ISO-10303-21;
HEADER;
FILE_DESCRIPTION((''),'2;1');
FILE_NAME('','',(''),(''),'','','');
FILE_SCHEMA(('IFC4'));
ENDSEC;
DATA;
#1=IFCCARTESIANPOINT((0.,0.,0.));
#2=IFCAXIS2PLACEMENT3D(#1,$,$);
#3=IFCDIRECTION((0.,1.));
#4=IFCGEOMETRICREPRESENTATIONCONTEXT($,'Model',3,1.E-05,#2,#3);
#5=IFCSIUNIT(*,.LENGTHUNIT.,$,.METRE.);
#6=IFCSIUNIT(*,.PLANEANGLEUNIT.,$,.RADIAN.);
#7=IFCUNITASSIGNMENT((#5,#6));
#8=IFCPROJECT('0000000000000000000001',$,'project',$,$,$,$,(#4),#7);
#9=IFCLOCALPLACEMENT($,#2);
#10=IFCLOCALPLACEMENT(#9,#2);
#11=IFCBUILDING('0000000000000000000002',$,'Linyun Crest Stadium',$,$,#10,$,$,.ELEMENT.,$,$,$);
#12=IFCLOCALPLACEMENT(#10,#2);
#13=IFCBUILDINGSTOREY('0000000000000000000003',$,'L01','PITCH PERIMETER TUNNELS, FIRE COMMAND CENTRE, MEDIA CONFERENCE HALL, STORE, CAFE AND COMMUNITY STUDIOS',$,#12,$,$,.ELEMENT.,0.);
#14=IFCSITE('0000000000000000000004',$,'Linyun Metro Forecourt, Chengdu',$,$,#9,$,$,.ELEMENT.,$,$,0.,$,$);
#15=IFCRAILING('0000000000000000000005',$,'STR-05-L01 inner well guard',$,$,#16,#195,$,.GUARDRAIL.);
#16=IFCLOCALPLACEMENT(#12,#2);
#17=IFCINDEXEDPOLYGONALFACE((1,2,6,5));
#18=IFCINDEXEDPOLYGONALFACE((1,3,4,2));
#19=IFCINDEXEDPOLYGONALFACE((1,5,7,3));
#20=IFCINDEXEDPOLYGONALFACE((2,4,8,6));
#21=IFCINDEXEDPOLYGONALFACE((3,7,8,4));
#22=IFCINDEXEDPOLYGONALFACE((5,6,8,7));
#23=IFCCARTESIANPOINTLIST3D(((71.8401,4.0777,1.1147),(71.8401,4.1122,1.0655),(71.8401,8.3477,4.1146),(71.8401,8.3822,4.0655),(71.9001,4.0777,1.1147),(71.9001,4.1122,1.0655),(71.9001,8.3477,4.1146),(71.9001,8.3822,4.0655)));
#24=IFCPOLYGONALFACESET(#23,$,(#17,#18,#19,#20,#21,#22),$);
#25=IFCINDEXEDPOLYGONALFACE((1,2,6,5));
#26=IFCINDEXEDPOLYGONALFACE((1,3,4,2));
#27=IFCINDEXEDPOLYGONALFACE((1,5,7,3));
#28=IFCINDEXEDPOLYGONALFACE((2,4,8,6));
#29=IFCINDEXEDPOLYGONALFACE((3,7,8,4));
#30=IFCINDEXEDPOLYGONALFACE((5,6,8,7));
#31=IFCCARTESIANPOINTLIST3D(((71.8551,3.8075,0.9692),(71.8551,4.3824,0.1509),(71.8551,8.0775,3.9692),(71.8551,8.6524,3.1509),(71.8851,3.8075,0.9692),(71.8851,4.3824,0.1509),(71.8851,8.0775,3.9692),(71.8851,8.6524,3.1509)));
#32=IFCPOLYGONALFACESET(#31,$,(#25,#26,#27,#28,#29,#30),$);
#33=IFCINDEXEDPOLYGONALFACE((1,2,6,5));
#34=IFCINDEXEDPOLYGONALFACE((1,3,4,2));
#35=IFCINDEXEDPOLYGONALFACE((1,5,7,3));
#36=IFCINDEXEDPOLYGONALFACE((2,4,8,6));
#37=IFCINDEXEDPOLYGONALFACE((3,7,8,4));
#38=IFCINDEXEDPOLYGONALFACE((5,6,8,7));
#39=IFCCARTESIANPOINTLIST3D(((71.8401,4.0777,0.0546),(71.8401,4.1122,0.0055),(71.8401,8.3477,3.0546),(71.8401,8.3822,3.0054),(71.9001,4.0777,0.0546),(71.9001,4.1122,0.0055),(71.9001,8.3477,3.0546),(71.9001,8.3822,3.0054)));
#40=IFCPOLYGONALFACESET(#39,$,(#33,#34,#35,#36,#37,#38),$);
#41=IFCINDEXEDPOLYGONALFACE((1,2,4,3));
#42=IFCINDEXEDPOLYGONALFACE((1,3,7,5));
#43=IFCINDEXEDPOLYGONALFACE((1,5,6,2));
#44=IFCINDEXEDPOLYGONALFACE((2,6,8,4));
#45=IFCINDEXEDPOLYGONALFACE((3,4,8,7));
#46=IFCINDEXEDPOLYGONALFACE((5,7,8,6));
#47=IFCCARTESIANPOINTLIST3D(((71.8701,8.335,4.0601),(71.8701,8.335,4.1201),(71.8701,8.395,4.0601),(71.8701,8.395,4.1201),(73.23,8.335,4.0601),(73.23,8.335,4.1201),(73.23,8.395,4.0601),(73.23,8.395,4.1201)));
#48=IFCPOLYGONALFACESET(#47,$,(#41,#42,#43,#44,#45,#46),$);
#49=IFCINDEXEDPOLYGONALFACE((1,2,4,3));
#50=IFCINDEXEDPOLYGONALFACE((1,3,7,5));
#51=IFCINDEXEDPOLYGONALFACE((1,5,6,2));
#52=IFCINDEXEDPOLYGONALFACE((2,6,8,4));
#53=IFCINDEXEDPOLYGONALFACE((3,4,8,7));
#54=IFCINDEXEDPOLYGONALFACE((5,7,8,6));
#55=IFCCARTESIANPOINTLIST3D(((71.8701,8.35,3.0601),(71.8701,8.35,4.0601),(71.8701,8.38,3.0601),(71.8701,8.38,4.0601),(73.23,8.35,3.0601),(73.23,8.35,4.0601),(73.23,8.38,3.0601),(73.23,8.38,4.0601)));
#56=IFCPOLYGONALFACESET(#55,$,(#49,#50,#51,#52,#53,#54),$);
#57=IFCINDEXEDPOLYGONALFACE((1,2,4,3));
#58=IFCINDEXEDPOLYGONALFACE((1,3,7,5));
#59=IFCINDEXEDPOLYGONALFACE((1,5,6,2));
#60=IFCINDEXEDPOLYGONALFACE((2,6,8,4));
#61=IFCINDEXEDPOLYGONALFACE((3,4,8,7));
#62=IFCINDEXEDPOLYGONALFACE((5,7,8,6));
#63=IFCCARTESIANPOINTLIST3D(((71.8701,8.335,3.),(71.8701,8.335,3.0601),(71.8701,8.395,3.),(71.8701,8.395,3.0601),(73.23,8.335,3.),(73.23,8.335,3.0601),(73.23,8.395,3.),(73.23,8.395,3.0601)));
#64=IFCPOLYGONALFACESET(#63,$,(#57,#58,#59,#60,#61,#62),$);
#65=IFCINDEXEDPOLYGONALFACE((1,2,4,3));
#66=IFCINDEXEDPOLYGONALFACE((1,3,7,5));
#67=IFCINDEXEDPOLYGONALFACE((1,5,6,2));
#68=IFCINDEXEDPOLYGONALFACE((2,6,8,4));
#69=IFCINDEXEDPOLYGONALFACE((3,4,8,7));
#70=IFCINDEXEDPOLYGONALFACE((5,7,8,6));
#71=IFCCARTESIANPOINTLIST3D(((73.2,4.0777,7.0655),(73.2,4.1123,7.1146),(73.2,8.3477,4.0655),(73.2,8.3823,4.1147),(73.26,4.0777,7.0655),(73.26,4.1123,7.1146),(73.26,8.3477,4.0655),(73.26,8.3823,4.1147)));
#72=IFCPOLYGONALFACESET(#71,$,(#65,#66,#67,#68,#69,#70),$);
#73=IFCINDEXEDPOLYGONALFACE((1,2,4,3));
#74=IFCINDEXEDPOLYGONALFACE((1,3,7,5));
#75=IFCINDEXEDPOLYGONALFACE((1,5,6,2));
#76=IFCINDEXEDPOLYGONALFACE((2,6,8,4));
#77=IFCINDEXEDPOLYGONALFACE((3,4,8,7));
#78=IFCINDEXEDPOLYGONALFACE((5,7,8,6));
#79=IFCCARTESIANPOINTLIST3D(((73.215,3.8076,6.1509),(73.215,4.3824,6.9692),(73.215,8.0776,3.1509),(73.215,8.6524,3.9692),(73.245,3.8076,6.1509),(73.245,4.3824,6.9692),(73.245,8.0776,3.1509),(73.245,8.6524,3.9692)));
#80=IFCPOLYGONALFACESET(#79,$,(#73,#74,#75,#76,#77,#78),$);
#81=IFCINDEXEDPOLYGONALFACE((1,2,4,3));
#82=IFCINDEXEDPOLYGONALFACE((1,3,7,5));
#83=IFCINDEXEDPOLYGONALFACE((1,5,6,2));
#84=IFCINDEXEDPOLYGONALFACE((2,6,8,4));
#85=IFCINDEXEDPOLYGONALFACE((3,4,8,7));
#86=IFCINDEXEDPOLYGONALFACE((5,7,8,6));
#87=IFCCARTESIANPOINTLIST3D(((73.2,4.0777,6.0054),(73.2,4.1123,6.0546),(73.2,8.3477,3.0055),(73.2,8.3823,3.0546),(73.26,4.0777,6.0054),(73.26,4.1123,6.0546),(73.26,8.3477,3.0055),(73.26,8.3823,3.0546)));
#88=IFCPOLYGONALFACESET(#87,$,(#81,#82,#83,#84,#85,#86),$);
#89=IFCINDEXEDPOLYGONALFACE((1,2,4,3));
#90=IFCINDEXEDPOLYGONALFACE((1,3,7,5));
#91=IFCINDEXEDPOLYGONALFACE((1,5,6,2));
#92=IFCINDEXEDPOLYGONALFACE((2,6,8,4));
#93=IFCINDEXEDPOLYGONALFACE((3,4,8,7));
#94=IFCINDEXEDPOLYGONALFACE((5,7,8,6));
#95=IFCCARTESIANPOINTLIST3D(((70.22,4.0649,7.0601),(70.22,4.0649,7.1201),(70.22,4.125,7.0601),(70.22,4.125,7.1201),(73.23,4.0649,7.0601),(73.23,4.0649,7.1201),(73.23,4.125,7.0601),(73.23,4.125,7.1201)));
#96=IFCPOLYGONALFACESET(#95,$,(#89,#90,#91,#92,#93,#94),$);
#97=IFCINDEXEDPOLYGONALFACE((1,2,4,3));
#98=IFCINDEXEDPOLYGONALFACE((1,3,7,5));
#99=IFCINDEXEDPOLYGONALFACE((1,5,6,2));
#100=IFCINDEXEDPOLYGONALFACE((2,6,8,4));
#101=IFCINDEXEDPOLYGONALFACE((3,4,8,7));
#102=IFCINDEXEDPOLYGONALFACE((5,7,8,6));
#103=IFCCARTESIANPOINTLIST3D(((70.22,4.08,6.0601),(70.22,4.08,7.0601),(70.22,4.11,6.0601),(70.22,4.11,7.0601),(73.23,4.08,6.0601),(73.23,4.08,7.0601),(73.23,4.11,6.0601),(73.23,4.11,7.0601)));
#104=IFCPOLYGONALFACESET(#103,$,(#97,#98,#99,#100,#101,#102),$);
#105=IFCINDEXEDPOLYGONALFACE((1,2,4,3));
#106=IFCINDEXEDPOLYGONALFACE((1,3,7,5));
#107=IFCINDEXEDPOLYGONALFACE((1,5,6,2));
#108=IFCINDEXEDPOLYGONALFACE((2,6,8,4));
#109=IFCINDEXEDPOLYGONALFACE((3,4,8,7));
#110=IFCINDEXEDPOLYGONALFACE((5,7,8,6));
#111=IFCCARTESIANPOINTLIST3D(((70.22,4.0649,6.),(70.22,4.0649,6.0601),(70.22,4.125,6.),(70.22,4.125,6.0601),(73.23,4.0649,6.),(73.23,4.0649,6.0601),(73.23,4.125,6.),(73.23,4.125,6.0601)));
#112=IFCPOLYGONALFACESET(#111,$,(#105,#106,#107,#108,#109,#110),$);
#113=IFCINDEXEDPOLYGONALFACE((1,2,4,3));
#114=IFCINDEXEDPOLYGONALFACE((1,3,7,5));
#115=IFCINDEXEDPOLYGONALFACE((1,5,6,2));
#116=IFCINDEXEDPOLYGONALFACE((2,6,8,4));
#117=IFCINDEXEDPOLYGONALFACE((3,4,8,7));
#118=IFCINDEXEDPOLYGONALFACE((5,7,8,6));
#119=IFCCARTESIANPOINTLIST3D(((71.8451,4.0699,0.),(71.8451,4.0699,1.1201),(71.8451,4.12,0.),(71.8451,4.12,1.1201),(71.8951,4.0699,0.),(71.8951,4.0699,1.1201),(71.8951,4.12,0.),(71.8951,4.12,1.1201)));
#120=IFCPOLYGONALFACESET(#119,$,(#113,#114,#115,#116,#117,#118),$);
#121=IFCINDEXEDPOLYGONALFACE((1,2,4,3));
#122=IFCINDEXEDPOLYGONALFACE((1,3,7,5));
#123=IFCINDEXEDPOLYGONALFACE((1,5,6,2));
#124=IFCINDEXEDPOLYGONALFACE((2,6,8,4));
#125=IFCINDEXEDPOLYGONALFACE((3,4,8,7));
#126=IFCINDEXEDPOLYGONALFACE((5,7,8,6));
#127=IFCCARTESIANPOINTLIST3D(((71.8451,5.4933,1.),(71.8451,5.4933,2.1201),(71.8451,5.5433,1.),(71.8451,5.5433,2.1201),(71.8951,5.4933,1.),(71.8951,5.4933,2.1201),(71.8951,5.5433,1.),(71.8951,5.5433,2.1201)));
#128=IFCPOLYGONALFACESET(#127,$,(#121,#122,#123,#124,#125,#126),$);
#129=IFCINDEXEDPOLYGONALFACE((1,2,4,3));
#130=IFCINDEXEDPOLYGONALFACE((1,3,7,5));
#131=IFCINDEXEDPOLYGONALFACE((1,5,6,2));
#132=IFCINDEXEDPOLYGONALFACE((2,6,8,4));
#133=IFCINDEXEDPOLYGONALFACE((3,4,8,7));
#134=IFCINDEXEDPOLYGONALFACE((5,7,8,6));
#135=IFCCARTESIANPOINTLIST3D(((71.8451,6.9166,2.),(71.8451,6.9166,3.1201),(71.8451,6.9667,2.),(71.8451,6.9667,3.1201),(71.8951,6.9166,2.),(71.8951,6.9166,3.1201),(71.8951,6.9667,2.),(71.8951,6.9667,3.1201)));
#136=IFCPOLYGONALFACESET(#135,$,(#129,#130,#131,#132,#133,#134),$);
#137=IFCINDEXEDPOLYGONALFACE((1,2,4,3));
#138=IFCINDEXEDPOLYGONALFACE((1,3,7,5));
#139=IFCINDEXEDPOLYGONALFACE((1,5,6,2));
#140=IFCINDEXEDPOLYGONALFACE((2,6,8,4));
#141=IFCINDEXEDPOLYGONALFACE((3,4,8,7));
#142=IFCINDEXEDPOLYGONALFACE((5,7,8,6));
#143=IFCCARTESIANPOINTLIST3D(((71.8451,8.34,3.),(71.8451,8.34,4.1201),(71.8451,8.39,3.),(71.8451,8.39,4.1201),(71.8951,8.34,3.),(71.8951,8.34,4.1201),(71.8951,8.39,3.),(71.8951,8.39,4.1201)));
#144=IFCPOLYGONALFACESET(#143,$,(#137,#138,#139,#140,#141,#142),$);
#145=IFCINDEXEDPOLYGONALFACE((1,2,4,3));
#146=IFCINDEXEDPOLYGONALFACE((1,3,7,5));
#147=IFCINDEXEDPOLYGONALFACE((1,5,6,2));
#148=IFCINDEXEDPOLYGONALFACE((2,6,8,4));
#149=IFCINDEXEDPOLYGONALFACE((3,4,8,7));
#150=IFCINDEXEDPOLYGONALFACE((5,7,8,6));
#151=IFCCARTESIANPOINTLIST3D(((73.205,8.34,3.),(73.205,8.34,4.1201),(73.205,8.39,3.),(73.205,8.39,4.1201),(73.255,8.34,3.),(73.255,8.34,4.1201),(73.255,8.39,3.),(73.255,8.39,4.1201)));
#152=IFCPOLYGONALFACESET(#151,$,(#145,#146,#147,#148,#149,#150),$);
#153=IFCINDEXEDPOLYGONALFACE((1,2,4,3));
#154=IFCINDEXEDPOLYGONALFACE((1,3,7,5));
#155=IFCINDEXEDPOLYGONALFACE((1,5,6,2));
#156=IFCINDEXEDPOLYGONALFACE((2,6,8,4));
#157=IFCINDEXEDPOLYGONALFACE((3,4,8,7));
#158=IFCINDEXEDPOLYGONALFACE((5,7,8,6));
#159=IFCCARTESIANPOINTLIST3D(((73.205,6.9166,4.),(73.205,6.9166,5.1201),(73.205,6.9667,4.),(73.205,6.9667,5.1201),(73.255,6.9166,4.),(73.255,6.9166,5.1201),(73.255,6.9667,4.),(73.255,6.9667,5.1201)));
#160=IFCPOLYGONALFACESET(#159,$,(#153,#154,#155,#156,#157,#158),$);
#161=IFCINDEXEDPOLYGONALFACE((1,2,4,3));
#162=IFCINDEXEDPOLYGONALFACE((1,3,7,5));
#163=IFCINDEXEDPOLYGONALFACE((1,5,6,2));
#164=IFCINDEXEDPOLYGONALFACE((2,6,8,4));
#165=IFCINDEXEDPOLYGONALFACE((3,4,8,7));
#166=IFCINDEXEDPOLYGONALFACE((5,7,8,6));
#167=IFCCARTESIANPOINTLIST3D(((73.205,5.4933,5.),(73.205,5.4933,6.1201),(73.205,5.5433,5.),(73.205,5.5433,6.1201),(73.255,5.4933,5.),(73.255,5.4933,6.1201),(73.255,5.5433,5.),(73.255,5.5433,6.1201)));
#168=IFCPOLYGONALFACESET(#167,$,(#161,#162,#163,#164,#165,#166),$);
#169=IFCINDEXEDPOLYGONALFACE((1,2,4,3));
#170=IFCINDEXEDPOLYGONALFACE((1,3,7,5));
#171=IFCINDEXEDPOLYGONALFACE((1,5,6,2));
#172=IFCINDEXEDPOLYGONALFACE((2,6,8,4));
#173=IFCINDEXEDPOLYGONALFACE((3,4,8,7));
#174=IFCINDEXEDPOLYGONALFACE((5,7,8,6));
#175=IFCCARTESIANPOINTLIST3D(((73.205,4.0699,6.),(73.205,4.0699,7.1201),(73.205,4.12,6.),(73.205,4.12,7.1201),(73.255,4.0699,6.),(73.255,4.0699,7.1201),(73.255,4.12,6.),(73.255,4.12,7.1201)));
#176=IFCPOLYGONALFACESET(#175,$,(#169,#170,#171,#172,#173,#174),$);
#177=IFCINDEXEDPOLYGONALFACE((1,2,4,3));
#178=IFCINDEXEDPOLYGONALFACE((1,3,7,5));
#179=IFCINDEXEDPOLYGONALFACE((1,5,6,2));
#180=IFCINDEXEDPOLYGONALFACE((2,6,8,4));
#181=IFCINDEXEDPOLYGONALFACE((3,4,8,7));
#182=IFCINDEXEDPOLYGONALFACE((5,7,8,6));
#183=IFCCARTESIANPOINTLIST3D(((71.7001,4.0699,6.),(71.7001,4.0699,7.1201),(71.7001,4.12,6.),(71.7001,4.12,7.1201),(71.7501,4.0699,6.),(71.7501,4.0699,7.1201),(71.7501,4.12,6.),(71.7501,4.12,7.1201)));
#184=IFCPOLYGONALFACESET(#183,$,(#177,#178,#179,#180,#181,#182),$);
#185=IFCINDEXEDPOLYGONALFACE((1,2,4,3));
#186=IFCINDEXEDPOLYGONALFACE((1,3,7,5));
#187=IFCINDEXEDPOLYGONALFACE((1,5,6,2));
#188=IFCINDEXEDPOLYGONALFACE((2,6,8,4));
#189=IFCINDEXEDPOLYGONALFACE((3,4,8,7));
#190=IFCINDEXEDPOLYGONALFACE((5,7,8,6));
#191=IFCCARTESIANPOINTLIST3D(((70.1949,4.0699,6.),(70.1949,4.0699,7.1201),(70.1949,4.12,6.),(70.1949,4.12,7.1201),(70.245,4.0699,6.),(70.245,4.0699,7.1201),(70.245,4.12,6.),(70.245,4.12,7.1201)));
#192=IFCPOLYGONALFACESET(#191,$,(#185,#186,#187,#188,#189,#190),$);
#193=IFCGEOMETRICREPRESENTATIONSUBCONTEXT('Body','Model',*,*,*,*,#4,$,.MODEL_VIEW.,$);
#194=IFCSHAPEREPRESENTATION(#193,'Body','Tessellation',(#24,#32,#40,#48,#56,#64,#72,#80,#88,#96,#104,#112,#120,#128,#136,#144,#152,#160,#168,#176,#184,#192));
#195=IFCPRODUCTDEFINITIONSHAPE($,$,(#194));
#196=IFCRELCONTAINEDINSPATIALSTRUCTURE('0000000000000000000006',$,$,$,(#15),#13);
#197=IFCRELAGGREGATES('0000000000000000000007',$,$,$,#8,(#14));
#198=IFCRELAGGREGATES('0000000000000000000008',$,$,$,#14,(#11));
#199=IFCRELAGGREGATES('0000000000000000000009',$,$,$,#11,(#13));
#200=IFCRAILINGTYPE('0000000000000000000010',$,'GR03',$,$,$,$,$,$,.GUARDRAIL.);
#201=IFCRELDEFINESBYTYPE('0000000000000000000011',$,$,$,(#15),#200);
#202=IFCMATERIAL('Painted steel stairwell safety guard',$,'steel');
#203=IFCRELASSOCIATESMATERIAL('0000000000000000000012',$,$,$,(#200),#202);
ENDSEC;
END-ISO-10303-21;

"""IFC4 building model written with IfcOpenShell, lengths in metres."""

from ifc_helpers import new_model, si_unit, direction, frame, origin, origin_2d, place, context, subcontext, project, spatial, rectangle, extrude, material, type_object, element, save


model = new_model("IFC4")

# Units and contexts
model_context = context("Model", 3, precision=1e-05, world=origin(), true_north=direction((0.0, 1.0)))
body_context = subcontext(model_context, "Body", "Model", "MODEL_VIEW")
ifc_project = project(units=[si_unit("LENGTHUNIT", "METRE"), si_unit("PLANEANGLEUNIT", "RADIAN")], contexts=[model_context])

# Site, building, storey
site_placement = place(None, origin())
site = spatial("IfcSite", under=ifc_project, at=site_placement, Name="Linyun Metro Forecourt, Chengdu", CompositionType="ELEMENT", RefElevation=0.0)
building_placement = place(site_placement, origin())
building = spatial("IfcBuilding", under=site, at=building_placement, Name="Linyun Crest Stadium", CompositionType="ELEMENT")
storey_placement = place(building_placement, origin())
storey = spatial("IfcBuildingStorey", under=building, at=storey_placement, Name="L01", Description="PITCH PERIMETER TUNNELS, FIRE COMMAND CENTRE, MEDIA CONFERENCE HALL, STORE, CAFE AND COMMUNITY STUDIOS", CompositionType="ELEMENT", Elevation=0.0)

# Railing
ifc_material_1 = material(Name="Painted steel stairwell safety guard", Category="steel")
railing_type_1 = type_object("IfcRailingType", Name="GR03", PredefinedType="GUARDRAIL", material=ifc_material_1)
railing_1_placement = place(storey_placement, frame((71.8701, 4.095, 0.0)))
element("IfcRailing", 1, at=railing_1_placement, inside=storey, type_object=railing_type_1, Name="STR-05-L01 inner well guard", PredefinedType="GUARDRAIL", context=body_context, shape_type="SweptSolid", body=[
    extrude(rectangle(XDim=0.0601, YDim=0.0601, at=origin_2d()), frame((0.0, 0.0, 1.0901), z_axis=(0.0, 0.818242, 0.574874), x_axis=(-1.0, 0.0, 0.0)), (0.0, 0.0, 1.0), 5.2185),
    extrude(rectangle(XDim=0.03, YDim=1.0, at=origin_2d()), frame((0.0, 0.0, 0.5601), z_axis=(0.0, 0.818242, 0.574874), x_axis=(-1.0, 0.0, 0.0)), (0.0, 0.0, 1.0), 5.2185),
    extrude(rectangle(XDim=0.0601, YDim=0.0601, at=origin_2d()), frame((0.0, 0.0, 0.03), z_axis=(0.0, 0.818242, 0.574874), x_axis=(-1.0, 0.0, 0.0)), (0.0, 0.0, 1.0), 5.2185),
    extrude(rectangle(XDim=0.0601, YDim=0.0601, at=origin_2d()), frame((0.0, 4.27, 4.0901), z_axis=(1.0, 0.0, 0.0), x_axis=(0.0, 1.0, 0.0)), (0.0, 0.0, 1.0), 1.3599),
    extrude(rectangle(XDim=0.03, YDim=1.0, at=origin_2d()), frame((0.0, 4.27, 3.5601), z_axis=(1.0, 0.0, 0.0), x_axis=(0.0, 1.0, 0.0)), (0.0, 0.0, 1.0), 1.3599),
    extrude(rectangle(XDim=0.0601, YDim=0.0601, at=origin_2d()), frame((0.0, 4.27, 3.03), z_axis=(1.0, 0.0, 0.0), x_axis=(0.0, 1.0, 0.0)), (0.0, 0.0, 1.0), 1.3599),
    extrude(rectangle(XDim=0.0601, YDim=0.0601, at=origin_2d()), frame((1.3599, 4.27, 4.0901), z_axis=(0.0, -0.818242, 0.574874), x_axis=(1.0, 0.0, 0.0)), (0.0, 0.0, 1.0), 5.2185),
    extrude(rectangle(XDim=0.03, YDim=1.0, at=origin_2d()), frame((1.3599, 4.27, 3.5601), z_axis=(0.0, -0.818242, 0.574874), x_axis=(1.0, 0.0, 0.0)), (0.0, 0.0, 1.0), 5.2185),
    extrude(rectangle(XDim=0.0601, YDim=0.0601, at=origin_2d()), frame((1.3599, 4.27, 3.03), z_axis=(0.0, -0.818242, 0.574874), x_axis=(1.0, 0.0, 0.0)), (0.0, 0.0, 1.0), 5.2185),
    extrude(rectangle(XDim=0.0601, YDim=0.0601, at=origin_2d()), frame((1.3599, 0.0, 7.0901), z_axis=(-1.0, 0.0, 0.0), x_axis=(0.0, -1.0, 0.0)), (0.0, 0.0, 1.0), 3.01),
    extrude(rectangle(XDim=0.03, YDim=1.0, at=origin_2d()), frame((1.3599, 0.0, 6.5601), z_axis=(-1.0, 0.0, 0.0), x_axis=(0.0, -1.0, 0.0)), (0.0, 0.0, 1.0), 3.01),
    extrude(rectangle(XDim=0.0601, YDim=0.0601, at=origin_2d()), frame((1.3599, 0.0, 6.03), z_axis=(-1.0, 0.0, 0.0), x_axis=(0.0, -1.0, 0.0)), (0.0, 0.0, 1.0), 3.01),
    extrude(rectangle(XDim=0.05, YDim=0.05, at=origin_2d()), origin(), (0.0, 0.0, 1.0), 1.1201),
    extrude(rectangle(XDim=0.05, YDim=0.05, at=origin_2d()), frame((0.0, 1.4233, 1.0)), (0.0, 0.0, 1.0), 1.1201),
    extrude(rectangle(XDim=0.05, YDim=0.05, at=origin_2d()), frame((0.0, 2.8467, 2.0)), (0.0, 0.0, 1.0), 1.1201),
    extrude(rectangle(XDim=0.05, YDim=0.05, at=origin_2d()), frame((0.0, 4.27, 3.0)), (0.0, 0.0, 1.0), 1.1201),
    extrude(rectangle(XDim=0.05, YDim=0.05, at=origin_2d()), frame((1.3599, 4.27, 3.0)), (0.0, 0.0, 1.0), 1.1201),
    extrude(rectangle(XDim=0.05, YDim=0.05, at=origin_2d()), frame((1.3599, 2.8467, 4.0)), (0.0, 0.0, 1.0), 1.1201),
    extrude(rectangle(XDim=0.05, YDim=0.05, at=origin_2d()), frame((1.3599, 1.4233, 5.0)), (0.0, 0.0, 1.0), 1.1201),
    extrude(rectangle(XDim=0.05, YDim=0.05, at=origin_2d()), frame((1.3599, 0.0, 6.0)), (0.0, 0.0, 1.0), 1.1201),
    extrude(rectangle(XDim=0.05, YDim=0.05, at=origin_2d()), frame((-0.145, 0.0, 6.0)), (0.0, 0.0, 1.0), 1.1201),
    extrude(rectangle(XDim=0.05, YDim=0.05, at=origin_2d()), frame((-1.6501, 0.0, 6.0)), (0.0, 0.0, 1.0), 1.1201),
])

save(model, "model.ifc")
